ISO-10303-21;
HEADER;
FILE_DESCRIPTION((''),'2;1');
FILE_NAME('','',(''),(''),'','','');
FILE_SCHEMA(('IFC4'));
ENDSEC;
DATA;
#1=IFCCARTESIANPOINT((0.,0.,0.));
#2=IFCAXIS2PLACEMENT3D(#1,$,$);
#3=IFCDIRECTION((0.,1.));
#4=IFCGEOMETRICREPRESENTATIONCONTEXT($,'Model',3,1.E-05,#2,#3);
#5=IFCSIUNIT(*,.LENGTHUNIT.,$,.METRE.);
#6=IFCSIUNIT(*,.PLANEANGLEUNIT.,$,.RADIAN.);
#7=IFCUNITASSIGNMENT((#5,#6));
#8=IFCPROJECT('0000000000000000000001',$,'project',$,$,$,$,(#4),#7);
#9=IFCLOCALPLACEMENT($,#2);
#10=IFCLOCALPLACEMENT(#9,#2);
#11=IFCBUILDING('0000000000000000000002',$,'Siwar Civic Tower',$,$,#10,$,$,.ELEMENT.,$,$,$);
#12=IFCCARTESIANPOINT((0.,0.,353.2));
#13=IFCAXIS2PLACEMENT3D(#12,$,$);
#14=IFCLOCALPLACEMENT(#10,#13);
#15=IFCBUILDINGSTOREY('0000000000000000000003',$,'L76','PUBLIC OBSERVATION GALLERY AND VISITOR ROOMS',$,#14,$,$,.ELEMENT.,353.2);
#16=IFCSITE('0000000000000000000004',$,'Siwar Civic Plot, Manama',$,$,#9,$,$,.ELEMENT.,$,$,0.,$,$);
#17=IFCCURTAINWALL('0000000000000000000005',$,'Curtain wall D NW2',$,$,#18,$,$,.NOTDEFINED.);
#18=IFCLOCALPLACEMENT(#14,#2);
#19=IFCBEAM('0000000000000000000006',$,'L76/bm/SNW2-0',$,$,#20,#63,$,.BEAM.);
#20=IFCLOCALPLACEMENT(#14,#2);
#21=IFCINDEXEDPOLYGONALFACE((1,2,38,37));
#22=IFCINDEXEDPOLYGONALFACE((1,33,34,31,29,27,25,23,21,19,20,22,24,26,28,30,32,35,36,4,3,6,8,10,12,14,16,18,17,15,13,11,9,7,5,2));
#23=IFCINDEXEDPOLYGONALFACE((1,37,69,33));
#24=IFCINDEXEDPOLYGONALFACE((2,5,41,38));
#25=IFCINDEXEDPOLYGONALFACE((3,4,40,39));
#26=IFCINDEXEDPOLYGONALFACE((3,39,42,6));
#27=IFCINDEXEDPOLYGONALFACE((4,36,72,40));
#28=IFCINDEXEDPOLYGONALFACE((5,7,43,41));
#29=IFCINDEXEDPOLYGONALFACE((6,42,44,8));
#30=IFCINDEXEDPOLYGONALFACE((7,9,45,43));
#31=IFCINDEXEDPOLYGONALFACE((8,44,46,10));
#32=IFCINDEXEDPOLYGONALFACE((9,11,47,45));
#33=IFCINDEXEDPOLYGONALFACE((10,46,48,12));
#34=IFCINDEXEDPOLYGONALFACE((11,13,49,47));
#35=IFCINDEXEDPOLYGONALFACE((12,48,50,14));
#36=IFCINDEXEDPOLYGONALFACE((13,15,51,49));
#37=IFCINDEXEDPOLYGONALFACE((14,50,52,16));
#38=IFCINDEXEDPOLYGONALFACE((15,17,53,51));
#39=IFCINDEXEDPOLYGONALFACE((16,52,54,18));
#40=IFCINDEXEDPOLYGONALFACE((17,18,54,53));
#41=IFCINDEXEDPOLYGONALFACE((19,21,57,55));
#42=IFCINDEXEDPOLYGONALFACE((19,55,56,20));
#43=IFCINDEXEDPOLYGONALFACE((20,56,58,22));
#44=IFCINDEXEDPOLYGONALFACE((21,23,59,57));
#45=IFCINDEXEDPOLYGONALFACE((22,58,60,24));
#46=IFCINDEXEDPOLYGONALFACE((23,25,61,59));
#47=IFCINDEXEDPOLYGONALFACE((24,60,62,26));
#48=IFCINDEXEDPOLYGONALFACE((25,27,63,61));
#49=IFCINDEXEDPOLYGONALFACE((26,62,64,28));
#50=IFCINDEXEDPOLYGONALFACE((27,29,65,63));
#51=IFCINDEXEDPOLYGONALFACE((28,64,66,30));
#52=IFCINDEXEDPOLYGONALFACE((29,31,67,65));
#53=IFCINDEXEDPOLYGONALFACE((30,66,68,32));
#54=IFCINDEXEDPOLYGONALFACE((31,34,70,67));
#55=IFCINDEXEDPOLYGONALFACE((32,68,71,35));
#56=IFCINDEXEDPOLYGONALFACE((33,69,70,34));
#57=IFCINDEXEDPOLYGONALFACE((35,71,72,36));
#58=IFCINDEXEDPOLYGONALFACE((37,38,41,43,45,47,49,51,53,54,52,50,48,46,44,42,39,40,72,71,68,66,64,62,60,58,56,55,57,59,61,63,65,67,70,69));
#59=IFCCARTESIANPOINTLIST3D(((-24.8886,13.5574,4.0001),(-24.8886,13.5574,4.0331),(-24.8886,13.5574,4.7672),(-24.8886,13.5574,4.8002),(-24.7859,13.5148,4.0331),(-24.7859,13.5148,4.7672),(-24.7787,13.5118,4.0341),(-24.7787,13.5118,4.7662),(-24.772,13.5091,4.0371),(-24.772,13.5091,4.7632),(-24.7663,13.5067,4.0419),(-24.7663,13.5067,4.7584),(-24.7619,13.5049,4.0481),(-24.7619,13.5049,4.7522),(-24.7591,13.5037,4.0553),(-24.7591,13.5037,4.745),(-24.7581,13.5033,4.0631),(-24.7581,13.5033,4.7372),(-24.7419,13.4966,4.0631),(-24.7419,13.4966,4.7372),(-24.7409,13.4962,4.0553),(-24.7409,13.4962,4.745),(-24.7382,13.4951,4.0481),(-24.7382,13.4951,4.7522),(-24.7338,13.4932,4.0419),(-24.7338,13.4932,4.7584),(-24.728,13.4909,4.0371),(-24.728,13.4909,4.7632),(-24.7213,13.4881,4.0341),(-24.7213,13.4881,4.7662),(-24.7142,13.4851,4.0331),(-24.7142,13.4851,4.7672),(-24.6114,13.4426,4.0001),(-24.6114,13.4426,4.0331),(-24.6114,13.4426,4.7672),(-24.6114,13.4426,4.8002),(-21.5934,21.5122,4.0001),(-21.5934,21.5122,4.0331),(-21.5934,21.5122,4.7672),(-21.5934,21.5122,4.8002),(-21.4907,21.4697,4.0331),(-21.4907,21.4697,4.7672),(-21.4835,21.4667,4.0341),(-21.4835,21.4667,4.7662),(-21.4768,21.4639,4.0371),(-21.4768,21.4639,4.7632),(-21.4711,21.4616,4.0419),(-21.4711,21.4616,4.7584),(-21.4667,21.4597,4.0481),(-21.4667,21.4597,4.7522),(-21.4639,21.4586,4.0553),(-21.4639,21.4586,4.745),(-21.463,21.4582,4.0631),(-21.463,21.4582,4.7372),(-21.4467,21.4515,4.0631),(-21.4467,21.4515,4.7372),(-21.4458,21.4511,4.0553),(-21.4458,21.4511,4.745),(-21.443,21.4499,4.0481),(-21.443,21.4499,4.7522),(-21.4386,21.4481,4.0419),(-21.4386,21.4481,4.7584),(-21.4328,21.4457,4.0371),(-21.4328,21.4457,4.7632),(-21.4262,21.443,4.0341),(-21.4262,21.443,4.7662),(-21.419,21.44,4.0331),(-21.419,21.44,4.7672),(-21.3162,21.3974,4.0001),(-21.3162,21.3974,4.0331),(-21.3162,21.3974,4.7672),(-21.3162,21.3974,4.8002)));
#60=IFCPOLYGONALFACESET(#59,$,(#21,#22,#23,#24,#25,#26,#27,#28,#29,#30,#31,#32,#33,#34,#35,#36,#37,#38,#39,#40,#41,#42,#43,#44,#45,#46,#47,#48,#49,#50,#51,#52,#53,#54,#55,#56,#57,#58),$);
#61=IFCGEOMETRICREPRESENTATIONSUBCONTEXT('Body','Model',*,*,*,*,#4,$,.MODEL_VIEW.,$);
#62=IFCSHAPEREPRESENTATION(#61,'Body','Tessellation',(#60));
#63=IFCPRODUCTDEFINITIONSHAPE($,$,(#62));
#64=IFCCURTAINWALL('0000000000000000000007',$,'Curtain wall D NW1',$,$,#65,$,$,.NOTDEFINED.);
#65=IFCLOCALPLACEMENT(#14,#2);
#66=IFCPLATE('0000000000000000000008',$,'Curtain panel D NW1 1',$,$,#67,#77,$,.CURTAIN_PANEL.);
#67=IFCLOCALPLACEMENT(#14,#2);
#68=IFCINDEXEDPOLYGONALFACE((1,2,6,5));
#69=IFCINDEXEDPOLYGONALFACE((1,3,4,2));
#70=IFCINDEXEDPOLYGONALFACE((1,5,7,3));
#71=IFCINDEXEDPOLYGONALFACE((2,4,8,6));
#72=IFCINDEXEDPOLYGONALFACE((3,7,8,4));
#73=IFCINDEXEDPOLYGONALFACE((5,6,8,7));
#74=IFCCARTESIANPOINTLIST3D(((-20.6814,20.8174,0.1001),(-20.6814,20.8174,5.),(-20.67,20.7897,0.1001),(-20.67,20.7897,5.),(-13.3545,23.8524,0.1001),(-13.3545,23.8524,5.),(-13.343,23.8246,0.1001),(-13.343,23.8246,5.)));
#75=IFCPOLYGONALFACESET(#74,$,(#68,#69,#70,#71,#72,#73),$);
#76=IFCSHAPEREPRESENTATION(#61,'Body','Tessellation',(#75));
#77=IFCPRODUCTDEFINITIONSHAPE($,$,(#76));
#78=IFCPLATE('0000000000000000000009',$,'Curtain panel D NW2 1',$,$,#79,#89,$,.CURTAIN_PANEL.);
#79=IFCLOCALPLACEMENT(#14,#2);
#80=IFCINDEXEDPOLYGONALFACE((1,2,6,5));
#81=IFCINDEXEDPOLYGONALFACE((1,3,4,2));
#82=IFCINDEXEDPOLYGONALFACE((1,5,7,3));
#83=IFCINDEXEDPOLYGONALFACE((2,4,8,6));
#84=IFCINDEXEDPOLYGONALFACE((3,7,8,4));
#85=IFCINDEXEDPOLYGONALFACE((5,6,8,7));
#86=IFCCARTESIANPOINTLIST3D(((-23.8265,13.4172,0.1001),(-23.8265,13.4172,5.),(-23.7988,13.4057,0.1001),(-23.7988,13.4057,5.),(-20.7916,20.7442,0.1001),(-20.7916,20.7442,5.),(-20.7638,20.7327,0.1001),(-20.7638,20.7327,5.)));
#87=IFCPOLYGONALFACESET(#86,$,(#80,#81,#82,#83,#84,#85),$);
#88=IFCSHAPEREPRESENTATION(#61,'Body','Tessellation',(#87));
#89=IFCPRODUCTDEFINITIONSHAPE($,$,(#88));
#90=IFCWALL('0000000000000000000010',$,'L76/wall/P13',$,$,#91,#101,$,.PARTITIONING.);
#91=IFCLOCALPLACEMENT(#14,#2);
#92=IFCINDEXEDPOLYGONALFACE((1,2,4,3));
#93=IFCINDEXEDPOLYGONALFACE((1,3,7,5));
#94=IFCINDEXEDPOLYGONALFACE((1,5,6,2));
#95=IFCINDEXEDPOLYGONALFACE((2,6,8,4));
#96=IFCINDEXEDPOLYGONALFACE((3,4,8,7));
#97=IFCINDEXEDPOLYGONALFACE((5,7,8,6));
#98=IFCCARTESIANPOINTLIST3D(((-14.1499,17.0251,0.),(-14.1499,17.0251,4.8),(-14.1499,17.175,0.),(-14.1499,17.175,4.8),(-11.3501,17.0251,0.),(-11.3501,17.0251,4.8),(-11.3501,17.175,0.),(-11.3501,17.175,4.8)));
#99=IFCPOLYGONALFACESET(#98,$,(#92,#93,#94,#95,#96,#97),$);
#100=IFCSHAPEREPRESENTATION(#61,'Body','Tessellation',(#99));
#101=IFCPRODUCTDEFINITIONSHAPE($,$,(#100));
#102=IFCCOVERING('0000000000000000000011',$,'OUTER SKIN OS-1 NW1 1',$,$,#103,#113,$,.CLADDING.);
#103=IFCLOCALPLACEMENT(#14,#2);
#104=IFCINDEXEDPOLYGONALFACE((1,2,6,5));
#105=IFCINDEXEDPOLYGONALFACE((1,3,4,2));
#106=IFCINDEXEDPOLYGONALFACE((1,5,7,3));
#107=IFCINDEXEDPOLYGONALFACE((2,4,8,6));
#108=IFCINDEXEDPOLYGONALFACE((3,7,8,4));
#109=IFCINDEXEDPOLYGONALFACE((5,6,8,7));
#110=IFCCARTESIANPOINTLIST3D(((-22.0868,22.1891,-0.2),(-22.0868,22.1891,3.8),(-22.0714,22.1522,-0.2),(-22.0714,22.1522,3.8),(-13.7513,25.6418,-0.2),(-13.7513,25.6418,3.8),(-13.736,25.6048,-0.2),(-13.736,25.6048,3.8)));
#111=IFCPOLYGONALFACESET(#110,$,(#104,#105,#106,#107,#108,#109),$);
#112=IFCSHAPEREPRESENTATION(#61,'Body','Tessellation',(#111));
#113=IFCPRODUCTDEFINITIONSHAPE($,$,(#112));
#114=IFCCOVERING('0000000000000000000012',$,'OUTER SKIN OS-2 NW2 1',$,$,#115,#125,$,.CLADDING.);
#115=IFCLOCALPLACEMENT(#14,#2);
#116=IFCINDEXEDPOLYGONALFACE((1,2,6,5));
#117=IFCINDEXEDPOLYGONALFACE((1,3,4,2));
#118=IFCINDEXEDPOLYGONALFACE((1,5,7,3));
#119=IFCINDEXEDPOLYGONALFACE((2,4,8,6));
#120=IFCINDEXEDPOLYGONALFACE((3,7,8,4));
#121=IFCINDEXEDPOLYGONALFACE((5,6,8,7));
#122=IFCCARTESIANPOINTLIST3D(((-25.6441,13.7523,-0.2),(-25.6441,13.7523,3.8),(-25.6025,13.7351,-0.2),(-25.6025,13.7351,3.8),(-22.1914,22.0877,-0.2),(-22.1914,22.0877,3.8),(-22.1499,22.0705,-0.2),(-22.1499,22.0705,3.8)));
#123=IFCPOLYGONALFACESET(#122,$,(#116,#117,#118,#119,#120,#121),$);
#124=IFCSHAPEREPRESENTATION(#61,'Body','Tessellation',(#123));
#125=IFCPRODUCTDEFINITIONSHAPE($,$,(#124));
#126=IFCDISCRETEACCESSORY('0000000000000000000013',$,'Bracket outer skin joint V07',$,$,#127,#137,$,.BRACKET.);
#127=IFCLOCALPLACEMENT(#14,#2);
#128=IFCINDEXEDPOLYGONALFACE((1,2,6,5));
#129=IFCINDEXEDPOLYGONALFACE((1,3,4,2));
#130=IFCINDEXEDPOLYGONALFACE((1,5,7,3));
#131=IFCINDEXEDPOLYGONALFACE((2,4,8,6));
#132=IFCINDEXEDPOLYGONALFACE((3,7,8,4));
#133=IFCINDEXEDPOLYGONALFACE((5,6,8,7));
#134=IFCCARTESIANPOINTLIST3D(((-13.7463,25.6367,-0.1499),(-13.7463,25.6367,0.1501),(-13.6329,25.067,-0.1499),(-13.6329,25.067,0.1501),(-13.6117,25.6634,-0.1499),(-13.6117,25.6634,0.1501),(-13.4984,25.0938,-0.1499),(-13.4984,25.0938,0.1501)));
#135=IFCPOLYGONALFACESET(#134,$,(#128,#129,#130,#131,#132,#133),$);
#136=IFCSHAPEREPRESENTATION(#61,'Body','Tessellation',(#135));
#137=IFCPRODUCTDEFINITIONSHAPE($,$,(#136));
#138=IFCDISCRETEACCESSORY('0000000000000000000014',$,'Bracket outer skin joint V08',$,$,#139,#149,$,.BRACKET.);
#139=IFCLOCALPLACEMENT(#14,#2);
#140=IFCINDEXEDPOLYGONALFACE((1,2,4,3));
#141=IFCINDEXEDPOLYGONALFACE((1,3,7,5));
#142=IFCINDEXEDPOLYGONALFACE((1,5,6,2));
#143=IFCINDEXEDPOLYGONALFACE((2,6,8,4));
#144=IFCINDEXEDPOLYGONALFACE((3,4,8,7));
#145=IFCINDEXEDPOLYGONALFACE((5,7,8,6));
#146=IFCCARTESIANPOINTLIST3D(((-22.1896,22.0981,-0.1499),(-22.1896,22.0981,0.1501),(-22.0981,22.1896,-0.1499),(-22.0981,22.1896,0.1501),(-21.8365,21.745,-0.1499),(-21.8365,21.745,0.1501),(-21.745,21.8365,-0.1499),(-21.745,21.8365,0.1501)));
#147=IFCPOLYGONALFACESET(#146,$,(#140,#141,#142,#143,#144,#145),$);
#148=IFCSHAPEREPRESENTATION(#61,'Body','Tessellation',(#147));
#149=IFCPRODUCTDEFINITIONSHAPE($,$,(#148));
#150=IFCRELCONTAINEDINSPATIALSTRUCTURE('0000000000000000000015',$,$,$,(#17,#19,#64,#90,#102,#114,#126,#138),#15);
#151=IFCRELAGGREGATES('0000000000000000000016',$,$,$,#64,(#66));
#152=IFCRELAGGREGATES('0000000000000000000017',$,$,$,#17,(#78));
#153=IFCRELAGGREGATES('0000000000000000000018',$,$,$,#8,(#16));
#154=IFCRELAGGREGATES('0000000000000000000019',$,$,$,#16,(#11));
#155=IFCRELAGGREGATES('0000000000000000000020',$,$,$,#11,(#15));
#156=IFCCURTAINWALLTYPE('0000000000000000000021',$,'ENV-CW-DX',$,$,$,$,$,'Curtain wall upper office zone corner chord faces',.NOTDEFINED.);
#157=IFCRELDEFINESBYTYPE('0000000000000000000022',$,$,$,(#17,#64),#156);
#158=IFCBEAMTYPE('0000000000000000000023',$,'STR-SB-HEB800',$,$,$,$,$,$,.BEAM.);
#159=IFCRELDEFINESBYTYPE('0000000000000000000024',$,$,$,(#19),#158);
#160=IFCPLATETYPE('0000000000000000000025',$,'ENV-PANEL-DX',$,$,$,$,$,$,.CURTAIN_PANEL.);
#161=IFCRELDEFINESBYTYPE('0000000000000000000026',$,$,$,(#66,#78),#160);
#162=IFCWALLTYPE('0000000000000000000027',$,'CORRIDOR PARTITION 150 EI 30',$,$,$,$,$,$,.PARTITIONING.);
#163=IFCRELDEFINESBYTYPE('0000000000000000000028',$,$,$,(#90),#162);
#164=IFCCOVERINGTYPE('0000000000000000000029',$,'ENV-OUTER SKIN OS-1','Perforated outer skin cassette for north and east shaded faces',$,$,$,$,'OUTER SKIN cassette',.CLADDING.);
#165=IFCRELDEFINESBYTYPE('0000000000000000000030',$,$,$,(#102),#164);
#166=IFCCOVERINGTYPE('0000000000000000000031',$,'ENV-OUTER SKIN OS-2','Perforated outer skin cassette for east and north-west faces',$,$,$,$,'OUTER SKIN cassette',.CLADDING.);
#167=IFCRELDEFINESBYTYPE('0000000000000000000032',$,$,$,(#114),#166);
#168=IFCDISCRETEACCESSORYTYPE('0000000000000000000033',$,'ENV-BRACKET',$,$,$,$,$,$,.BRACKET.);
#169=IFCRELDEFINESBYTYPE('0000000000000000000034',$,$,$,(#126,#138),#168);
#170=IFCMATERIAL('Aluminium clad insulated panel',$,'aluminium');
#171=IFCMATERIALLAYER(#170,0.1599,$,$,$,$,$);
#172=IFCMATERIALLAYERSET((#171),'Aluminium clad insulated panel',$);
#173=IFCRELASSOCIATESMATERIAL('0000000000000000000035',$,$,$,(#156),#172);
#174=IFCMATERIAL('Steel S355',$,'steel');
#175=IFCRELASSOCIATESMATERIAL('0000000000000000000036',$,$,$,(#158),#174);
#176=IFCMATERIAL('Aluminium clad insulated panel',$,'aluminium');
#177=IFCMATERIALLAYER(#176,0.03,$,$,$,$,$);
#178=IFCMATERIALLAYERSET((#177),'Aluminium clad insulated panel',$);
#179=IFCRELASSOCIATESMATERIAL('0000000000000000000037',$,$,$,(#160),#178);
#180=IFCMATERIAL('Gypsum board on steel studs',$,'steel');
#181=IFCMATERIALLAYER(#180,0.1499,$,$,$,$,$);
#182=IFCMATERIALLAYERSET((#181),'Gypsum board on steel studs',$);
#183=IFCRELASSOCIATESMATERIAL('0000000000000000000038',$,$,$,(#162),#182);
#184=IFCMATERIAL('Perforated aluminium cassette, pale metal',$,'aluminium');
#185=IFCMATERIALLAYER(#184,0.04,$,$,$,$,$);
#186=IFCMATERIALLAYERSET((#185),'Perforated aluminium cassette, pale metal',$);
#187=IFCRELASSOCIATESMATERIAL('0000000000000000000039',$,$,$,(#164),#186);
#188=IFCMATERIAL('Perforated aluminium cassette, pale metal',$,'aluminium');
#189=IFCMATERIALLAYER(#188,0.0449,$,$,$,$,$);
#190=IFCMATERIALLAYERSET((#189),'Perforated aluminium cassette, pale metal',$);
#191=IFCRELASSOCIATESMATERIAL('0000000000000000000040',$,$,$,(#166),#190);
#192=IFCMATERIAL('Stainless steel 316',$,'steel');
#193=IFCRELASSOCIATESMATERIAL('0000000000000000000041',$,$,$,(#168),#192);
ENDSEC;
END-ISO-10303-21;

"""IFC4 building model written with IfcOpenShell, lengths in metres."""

from ifc_helpers import new_model, si_unit, direction, frame, frame_2d, origin, origin_2d, place, context, subcontext, project, spatial, rectangle, i_section, extrude, material, layer, layer_set, material_profile, profile_set, type_object, element, aggregate, save


model = new_model("IFC4")

# Units and contexts
model_context = context("Model", 3, precision=1e-05, world=origin(), true_north=direction((0.0, 1.0)))
body_context = subcontext(model_context, "Body", "Model", "MODEL_VIEW")
ifc_project = project(units=[si_unit("LENGTHUNIT", "METRE"), si_unit("PLANEANGLEUNIT", "RADIAN")], contexts=[model_context])

# Site, building, storey
site_placement = place(None, origin())
site = spatial("IfcSite", under=ifc_project, at=site_placement, Name="Siwar Civic Plot, Manama", CompositionType="ELEMENT", RefElevation=0.0)
building_placement = place(site_placement, origin())
building = spatial("IfcBuilding", under=site, at=building_placement, Name="Siwar Civic Tower", CompositionType="ELEMENT")
storey_placement = place(building_placement, frame((0.0, 0.0, 353.2)))
storey = spatial("IfcBuildingStorey", under=building, at=storey_placement, Name="L76", Description="PUBLIC OBSERVATION GALLERY AND VISITOR ROOMS", CompositionType="ELEMENT", Elevation=353.2)

# Curtain wall
ifc_material_1 = material(Name="Aluminium clad insulated panel", Category="aluminium")
ifc_layer_1 = layer(ifc_material_1, 0.1599)
ifc_layer_set_1 = layer_set([ifc_layer_1], Name="Aluminium clad insulated panel")
curtain_wall_type = type_object("IfcCurtainWallType", Name="ENV-CW-DX", ElementType="Curtain wall upper office zone corner chord faces", PredefinedType="NOTDEFINED", material=ifc_layer_set_1)
curtain_wall_1_placement = place(storey_placement, origin())
curtain_wall_1 = element("IfcCurtainWall", 1, at=curtain_wall_1_placement, inside=storey, type_object=curtain_wall_type, Name="Curtain wall D NW2", PredefinedType="NOTDEFINED")

# Beam
ifc_material_2 = material(Name="Steel S355", Category="steel")
ifc_material_profile_1 = material_profile(ifc_material_2, i_section(OverallWidth=0.3, OverallDepth=0.8, WebThickness=0.0176, FlangeThickness=0.033, FilletRadius=0.03, at=origin_2d()), Name="HEB800")
ifc_profile_set_1 = profile_set([ifc_material_profile_1], Name="Steel S355")
beam_type_1 = type_object("IfcBeamType", Name="STR-SB-HEB800", PredefinedType="BEAM", material=ifc_profile_set_1)
for number, where, z_axis, x_axis, name in (
    (2, (-21.4548, 21.4548, 4.4001), (-0.3827, -0.923873, 0.0), (0.923873, -0.3827, 0.0), "L76/bm/SNW2-0"),
):
    element("IfcBeam", number, at=place(storey_placement, frame(where, z_axis=z_axis, x_axis=x_axis)), inside=storey, type_object=beam_type_1, Name=name, PredefinedType="BEAM", context=body_context, shape_type="SweptSolid", body=[
        extrude(i_section(OverallWidth=0.3, OverallDepth=0.8, WebThickness=0.0176, FlangeThickness=0.033, FilletRadius=0.03, at=origin_2d()), origin(), (0.0, 0.0, 1.0), 8.6104),
    ])

# Curtain wall, plate
curtain_wall_2_placement = place(storey_placement, origin())
curtain_wall_2 = element("IfcCurtainWall", 3, at=curtain_wall_2_placement, inside=storey, type_object=curtain_wall_type, Name="Curtain wall D NW1", PredefinedType="NOTDEFINED")
ifc_material_3 = material(Name="Aluminium clad insulated panel", Category="aluminium")
ifc_layer_2 = layer(ifc_material_3, 0.03)
ifc_layer_set_2 = layer_set([ifc_layer_2], Name="Aluminium clad insulated panel")
plate_type = type_object("IfcPlateType", Name="ENV-PANEL-DX", PredefinedType="CURTAIN_PANEL", material=ifc_layer_set_2)
plate_1_placement = place(storey_placement, frame((-17.0122, 22.321, 0.1001), z_axis=(0.0, 0.0, 1.0), x_axis=(-0.92388, -0.382683, 0.0)))
plate_1 = element("IfcPlate", 4, at=plate_1_placement, type_object=plate_type, Name="Curtain panel D NW1 1", PredefinedType="CURTAIN_PANEL", context=body_context, shape_type="SweptSolid", body=[
    extrude(rectangle(XDim=7.9307, YDim=0.03, at=origin_2d()), origin(), (0.0, 0.0, 1.0), 4.8999),
])
aggregate(curtain_wall_2, [plate_1])

# Plate
plate_2_placement = place(storey_placement, frame((-22.2952, 17.075, 0.1001), z_axis=(0.0, 0.0, 1.0), x_axis=(-0.382683, -0.92388, 0.0)))
plate_2 = element("IfcPlate", 5, at=plate_2_placement, type_object=plate_type, Name="Curtain panel D NW2 1", PredefinedType="CURTAIN_PANEL", context=body_context, shape_type="SweptSolid", body=[
    extrude(rectangle(XDim=7.9307, YDim=0.03, at=origin_2d()), origin(), (0.0, 0.0, 1.0), 4.8999),
])
aggregate(curtain_wall_1, [plate_2])

# Wall
ifc_material_4 = material(Name="Gypsum board on steel studs", Category="steel")
ifc_layer_3 = layer(ifc_material_4, 0.1499)
ifc_layer_set_3 = layer_set([ifc_layer_3], Name="Gypsum board on steel studs")
wall_type = type_object("IfcWallType", Name="CORRIDOR PARTITION 150 EI 30", PredefinedType="PARTITIONING", material=ifc_layer_set_3)
wall_placement = place(storey_placement, frame((-14.1499, 17.1001, 0.0), z_axis=(0.0, 0.0, 1.0), x_axis=(1.0, 0.0, 0.0)))
element("IfcWall", 6, at=wall_placement, inside=storey, type_object=wall_type, Name="L76/wall/P13", PredefinedType="PARTITIONING", context=body_context, shape_type="SweptSolid", body=[
    extrude(rectangle(XDim=2.7998, YDim=0.1499, at=frame_2d((1.3999, 0.0))), origin(), (0.0, 0.0, 1.0), 4.8),
])

# Coverings
ifc_material_5 = material(Name="Perforated aluminium cassette, pale metal", Category="aluminium")
ifc_layer_4 = layer(ifc_material_5, 0.04)
ifc_layer_set_4 = layer_set([ifc_layer_4], Name="Perforated aluminium cassette, pale metal")
covering_type_1 = type_object("IfcCoveringType", Name="ENV-OUTER SKIN OS-1", Description="Perforated outer skin cassette for north and east shaded faces", ElementType="OUTER SKIN cassette", PredefinedType="CLADDING", material=ifc_layer_set_4)
covering_1_placement = place(storey_placement, frame((-17.9114, 23.897, -0.2), z_axis=(0.0, 0.0, 1.0), x_axis=(-0.92388, -0.382683, 0.0)))
element("IfcCovering", 7, at=covering_1_placement, inside=storey, type_object=covering_type_1, Name="OUTER SKIN OS-1 NW1 1", PredefinedType="CLADDING", context=body_context, shape_type="SweptSolid", body=[
    extrude(rectangle(XDim=9.0222, YDim=0.04, at=origin_2d()), origin(), (0.0, 0.0, 1.0), 4.0),
])
ifc_material_6 = material(Name="Perforated aluminium cassette, pale metal", Category="aluminium")
ifc_layer_5 = layer(ifc_material_6, 0.0449)
ifc_layer_set_5 = layer_set([ifc_layer_5], Name="Perforated aluminium cassette, pale metal")
covering_type_2 = type_object("IfcCoveringType", Name="ENV-OUTER SKIN OS-2", Description="Perforated outer skin cassette for east and north-west faces", ElementType="OUTER SKIN cassette", PredefinedType="CLADDING", material=ifc_layer_set_5)
covering_2_placement = place(storey_placement, frame((-23.897, 17.9114, -0.2), z_axis=(0.0, 0.0, 1.0), x_axis=(-0.382683, -0.92388, 0.0)))
element("IfcCovering", 8, at=covering_2_placement, inside=storey, type_object=covering_type_2, Name="OUTER SKIN OS-2 NW2 1", PredefinedType="CLADDING", context=body_context, shape_type="SweptSolid", body=[
    extrude(rectangle(XDim=9.0222, YDim=0.0449, at=origin_2d()), origin(), (0.0, 0.0, 1.0), 4.0),
])

# Discrete accessories
ifc_material_7 = material(Name="Stainless steel 316", Category="steel")
discrete_accessory_type = type_object("IfcDiscreteAccessoryType", Name="ENV-BRACKET", PredefinedType="BRACKET", material=ifc_material_7)
discrete_accessory_1_placement = place(storey_placement, frame((-13.6223, 25.3652, -0.1499), z_axis=(0.0, 0.0, 1.0), x_axis=(-0.19509, 0.980785, 0.0)))
element("IfcDiscreteAccessory", 9, at=discrete_accessory_1_placement, inside=storey, type_object=discrete_accessory_type, Name="Bracket outer skin joint V07", PredefinedType="BRACKET", context=body_context, shape_type="SweptSolid", body=[
    extrude(rectangle(XDim=0.5808, YDim=0.1372, at=origin_2d()), origin(), (0.0, 0.0, 1.0), 0.3),
])
discrete_accessory_2_placement = place(storey_placement, frame((-21.9673, 21.9673, -0.1499), z_axis=(0.0, 0.0, 1.0), x_axis=(-0.707107, 0.707107, 0.0)))
element("IfcDiscreteAccessory", 10, at=discrete_accessory_2_placement, inside=storey, type_object=discrete_accessory_type, Name="Bracket outer skin joint V08", PredefinedType="BRACKET", context=body_context, shape_type="SweptSolid", body=[
    extrude(rectangle(XDim=0.4993, YDim=0.1294, at=origin_2d()), origin(), (0.0, 0.0, 1.0), 0.3),
])

save(model, "model.ifc")
